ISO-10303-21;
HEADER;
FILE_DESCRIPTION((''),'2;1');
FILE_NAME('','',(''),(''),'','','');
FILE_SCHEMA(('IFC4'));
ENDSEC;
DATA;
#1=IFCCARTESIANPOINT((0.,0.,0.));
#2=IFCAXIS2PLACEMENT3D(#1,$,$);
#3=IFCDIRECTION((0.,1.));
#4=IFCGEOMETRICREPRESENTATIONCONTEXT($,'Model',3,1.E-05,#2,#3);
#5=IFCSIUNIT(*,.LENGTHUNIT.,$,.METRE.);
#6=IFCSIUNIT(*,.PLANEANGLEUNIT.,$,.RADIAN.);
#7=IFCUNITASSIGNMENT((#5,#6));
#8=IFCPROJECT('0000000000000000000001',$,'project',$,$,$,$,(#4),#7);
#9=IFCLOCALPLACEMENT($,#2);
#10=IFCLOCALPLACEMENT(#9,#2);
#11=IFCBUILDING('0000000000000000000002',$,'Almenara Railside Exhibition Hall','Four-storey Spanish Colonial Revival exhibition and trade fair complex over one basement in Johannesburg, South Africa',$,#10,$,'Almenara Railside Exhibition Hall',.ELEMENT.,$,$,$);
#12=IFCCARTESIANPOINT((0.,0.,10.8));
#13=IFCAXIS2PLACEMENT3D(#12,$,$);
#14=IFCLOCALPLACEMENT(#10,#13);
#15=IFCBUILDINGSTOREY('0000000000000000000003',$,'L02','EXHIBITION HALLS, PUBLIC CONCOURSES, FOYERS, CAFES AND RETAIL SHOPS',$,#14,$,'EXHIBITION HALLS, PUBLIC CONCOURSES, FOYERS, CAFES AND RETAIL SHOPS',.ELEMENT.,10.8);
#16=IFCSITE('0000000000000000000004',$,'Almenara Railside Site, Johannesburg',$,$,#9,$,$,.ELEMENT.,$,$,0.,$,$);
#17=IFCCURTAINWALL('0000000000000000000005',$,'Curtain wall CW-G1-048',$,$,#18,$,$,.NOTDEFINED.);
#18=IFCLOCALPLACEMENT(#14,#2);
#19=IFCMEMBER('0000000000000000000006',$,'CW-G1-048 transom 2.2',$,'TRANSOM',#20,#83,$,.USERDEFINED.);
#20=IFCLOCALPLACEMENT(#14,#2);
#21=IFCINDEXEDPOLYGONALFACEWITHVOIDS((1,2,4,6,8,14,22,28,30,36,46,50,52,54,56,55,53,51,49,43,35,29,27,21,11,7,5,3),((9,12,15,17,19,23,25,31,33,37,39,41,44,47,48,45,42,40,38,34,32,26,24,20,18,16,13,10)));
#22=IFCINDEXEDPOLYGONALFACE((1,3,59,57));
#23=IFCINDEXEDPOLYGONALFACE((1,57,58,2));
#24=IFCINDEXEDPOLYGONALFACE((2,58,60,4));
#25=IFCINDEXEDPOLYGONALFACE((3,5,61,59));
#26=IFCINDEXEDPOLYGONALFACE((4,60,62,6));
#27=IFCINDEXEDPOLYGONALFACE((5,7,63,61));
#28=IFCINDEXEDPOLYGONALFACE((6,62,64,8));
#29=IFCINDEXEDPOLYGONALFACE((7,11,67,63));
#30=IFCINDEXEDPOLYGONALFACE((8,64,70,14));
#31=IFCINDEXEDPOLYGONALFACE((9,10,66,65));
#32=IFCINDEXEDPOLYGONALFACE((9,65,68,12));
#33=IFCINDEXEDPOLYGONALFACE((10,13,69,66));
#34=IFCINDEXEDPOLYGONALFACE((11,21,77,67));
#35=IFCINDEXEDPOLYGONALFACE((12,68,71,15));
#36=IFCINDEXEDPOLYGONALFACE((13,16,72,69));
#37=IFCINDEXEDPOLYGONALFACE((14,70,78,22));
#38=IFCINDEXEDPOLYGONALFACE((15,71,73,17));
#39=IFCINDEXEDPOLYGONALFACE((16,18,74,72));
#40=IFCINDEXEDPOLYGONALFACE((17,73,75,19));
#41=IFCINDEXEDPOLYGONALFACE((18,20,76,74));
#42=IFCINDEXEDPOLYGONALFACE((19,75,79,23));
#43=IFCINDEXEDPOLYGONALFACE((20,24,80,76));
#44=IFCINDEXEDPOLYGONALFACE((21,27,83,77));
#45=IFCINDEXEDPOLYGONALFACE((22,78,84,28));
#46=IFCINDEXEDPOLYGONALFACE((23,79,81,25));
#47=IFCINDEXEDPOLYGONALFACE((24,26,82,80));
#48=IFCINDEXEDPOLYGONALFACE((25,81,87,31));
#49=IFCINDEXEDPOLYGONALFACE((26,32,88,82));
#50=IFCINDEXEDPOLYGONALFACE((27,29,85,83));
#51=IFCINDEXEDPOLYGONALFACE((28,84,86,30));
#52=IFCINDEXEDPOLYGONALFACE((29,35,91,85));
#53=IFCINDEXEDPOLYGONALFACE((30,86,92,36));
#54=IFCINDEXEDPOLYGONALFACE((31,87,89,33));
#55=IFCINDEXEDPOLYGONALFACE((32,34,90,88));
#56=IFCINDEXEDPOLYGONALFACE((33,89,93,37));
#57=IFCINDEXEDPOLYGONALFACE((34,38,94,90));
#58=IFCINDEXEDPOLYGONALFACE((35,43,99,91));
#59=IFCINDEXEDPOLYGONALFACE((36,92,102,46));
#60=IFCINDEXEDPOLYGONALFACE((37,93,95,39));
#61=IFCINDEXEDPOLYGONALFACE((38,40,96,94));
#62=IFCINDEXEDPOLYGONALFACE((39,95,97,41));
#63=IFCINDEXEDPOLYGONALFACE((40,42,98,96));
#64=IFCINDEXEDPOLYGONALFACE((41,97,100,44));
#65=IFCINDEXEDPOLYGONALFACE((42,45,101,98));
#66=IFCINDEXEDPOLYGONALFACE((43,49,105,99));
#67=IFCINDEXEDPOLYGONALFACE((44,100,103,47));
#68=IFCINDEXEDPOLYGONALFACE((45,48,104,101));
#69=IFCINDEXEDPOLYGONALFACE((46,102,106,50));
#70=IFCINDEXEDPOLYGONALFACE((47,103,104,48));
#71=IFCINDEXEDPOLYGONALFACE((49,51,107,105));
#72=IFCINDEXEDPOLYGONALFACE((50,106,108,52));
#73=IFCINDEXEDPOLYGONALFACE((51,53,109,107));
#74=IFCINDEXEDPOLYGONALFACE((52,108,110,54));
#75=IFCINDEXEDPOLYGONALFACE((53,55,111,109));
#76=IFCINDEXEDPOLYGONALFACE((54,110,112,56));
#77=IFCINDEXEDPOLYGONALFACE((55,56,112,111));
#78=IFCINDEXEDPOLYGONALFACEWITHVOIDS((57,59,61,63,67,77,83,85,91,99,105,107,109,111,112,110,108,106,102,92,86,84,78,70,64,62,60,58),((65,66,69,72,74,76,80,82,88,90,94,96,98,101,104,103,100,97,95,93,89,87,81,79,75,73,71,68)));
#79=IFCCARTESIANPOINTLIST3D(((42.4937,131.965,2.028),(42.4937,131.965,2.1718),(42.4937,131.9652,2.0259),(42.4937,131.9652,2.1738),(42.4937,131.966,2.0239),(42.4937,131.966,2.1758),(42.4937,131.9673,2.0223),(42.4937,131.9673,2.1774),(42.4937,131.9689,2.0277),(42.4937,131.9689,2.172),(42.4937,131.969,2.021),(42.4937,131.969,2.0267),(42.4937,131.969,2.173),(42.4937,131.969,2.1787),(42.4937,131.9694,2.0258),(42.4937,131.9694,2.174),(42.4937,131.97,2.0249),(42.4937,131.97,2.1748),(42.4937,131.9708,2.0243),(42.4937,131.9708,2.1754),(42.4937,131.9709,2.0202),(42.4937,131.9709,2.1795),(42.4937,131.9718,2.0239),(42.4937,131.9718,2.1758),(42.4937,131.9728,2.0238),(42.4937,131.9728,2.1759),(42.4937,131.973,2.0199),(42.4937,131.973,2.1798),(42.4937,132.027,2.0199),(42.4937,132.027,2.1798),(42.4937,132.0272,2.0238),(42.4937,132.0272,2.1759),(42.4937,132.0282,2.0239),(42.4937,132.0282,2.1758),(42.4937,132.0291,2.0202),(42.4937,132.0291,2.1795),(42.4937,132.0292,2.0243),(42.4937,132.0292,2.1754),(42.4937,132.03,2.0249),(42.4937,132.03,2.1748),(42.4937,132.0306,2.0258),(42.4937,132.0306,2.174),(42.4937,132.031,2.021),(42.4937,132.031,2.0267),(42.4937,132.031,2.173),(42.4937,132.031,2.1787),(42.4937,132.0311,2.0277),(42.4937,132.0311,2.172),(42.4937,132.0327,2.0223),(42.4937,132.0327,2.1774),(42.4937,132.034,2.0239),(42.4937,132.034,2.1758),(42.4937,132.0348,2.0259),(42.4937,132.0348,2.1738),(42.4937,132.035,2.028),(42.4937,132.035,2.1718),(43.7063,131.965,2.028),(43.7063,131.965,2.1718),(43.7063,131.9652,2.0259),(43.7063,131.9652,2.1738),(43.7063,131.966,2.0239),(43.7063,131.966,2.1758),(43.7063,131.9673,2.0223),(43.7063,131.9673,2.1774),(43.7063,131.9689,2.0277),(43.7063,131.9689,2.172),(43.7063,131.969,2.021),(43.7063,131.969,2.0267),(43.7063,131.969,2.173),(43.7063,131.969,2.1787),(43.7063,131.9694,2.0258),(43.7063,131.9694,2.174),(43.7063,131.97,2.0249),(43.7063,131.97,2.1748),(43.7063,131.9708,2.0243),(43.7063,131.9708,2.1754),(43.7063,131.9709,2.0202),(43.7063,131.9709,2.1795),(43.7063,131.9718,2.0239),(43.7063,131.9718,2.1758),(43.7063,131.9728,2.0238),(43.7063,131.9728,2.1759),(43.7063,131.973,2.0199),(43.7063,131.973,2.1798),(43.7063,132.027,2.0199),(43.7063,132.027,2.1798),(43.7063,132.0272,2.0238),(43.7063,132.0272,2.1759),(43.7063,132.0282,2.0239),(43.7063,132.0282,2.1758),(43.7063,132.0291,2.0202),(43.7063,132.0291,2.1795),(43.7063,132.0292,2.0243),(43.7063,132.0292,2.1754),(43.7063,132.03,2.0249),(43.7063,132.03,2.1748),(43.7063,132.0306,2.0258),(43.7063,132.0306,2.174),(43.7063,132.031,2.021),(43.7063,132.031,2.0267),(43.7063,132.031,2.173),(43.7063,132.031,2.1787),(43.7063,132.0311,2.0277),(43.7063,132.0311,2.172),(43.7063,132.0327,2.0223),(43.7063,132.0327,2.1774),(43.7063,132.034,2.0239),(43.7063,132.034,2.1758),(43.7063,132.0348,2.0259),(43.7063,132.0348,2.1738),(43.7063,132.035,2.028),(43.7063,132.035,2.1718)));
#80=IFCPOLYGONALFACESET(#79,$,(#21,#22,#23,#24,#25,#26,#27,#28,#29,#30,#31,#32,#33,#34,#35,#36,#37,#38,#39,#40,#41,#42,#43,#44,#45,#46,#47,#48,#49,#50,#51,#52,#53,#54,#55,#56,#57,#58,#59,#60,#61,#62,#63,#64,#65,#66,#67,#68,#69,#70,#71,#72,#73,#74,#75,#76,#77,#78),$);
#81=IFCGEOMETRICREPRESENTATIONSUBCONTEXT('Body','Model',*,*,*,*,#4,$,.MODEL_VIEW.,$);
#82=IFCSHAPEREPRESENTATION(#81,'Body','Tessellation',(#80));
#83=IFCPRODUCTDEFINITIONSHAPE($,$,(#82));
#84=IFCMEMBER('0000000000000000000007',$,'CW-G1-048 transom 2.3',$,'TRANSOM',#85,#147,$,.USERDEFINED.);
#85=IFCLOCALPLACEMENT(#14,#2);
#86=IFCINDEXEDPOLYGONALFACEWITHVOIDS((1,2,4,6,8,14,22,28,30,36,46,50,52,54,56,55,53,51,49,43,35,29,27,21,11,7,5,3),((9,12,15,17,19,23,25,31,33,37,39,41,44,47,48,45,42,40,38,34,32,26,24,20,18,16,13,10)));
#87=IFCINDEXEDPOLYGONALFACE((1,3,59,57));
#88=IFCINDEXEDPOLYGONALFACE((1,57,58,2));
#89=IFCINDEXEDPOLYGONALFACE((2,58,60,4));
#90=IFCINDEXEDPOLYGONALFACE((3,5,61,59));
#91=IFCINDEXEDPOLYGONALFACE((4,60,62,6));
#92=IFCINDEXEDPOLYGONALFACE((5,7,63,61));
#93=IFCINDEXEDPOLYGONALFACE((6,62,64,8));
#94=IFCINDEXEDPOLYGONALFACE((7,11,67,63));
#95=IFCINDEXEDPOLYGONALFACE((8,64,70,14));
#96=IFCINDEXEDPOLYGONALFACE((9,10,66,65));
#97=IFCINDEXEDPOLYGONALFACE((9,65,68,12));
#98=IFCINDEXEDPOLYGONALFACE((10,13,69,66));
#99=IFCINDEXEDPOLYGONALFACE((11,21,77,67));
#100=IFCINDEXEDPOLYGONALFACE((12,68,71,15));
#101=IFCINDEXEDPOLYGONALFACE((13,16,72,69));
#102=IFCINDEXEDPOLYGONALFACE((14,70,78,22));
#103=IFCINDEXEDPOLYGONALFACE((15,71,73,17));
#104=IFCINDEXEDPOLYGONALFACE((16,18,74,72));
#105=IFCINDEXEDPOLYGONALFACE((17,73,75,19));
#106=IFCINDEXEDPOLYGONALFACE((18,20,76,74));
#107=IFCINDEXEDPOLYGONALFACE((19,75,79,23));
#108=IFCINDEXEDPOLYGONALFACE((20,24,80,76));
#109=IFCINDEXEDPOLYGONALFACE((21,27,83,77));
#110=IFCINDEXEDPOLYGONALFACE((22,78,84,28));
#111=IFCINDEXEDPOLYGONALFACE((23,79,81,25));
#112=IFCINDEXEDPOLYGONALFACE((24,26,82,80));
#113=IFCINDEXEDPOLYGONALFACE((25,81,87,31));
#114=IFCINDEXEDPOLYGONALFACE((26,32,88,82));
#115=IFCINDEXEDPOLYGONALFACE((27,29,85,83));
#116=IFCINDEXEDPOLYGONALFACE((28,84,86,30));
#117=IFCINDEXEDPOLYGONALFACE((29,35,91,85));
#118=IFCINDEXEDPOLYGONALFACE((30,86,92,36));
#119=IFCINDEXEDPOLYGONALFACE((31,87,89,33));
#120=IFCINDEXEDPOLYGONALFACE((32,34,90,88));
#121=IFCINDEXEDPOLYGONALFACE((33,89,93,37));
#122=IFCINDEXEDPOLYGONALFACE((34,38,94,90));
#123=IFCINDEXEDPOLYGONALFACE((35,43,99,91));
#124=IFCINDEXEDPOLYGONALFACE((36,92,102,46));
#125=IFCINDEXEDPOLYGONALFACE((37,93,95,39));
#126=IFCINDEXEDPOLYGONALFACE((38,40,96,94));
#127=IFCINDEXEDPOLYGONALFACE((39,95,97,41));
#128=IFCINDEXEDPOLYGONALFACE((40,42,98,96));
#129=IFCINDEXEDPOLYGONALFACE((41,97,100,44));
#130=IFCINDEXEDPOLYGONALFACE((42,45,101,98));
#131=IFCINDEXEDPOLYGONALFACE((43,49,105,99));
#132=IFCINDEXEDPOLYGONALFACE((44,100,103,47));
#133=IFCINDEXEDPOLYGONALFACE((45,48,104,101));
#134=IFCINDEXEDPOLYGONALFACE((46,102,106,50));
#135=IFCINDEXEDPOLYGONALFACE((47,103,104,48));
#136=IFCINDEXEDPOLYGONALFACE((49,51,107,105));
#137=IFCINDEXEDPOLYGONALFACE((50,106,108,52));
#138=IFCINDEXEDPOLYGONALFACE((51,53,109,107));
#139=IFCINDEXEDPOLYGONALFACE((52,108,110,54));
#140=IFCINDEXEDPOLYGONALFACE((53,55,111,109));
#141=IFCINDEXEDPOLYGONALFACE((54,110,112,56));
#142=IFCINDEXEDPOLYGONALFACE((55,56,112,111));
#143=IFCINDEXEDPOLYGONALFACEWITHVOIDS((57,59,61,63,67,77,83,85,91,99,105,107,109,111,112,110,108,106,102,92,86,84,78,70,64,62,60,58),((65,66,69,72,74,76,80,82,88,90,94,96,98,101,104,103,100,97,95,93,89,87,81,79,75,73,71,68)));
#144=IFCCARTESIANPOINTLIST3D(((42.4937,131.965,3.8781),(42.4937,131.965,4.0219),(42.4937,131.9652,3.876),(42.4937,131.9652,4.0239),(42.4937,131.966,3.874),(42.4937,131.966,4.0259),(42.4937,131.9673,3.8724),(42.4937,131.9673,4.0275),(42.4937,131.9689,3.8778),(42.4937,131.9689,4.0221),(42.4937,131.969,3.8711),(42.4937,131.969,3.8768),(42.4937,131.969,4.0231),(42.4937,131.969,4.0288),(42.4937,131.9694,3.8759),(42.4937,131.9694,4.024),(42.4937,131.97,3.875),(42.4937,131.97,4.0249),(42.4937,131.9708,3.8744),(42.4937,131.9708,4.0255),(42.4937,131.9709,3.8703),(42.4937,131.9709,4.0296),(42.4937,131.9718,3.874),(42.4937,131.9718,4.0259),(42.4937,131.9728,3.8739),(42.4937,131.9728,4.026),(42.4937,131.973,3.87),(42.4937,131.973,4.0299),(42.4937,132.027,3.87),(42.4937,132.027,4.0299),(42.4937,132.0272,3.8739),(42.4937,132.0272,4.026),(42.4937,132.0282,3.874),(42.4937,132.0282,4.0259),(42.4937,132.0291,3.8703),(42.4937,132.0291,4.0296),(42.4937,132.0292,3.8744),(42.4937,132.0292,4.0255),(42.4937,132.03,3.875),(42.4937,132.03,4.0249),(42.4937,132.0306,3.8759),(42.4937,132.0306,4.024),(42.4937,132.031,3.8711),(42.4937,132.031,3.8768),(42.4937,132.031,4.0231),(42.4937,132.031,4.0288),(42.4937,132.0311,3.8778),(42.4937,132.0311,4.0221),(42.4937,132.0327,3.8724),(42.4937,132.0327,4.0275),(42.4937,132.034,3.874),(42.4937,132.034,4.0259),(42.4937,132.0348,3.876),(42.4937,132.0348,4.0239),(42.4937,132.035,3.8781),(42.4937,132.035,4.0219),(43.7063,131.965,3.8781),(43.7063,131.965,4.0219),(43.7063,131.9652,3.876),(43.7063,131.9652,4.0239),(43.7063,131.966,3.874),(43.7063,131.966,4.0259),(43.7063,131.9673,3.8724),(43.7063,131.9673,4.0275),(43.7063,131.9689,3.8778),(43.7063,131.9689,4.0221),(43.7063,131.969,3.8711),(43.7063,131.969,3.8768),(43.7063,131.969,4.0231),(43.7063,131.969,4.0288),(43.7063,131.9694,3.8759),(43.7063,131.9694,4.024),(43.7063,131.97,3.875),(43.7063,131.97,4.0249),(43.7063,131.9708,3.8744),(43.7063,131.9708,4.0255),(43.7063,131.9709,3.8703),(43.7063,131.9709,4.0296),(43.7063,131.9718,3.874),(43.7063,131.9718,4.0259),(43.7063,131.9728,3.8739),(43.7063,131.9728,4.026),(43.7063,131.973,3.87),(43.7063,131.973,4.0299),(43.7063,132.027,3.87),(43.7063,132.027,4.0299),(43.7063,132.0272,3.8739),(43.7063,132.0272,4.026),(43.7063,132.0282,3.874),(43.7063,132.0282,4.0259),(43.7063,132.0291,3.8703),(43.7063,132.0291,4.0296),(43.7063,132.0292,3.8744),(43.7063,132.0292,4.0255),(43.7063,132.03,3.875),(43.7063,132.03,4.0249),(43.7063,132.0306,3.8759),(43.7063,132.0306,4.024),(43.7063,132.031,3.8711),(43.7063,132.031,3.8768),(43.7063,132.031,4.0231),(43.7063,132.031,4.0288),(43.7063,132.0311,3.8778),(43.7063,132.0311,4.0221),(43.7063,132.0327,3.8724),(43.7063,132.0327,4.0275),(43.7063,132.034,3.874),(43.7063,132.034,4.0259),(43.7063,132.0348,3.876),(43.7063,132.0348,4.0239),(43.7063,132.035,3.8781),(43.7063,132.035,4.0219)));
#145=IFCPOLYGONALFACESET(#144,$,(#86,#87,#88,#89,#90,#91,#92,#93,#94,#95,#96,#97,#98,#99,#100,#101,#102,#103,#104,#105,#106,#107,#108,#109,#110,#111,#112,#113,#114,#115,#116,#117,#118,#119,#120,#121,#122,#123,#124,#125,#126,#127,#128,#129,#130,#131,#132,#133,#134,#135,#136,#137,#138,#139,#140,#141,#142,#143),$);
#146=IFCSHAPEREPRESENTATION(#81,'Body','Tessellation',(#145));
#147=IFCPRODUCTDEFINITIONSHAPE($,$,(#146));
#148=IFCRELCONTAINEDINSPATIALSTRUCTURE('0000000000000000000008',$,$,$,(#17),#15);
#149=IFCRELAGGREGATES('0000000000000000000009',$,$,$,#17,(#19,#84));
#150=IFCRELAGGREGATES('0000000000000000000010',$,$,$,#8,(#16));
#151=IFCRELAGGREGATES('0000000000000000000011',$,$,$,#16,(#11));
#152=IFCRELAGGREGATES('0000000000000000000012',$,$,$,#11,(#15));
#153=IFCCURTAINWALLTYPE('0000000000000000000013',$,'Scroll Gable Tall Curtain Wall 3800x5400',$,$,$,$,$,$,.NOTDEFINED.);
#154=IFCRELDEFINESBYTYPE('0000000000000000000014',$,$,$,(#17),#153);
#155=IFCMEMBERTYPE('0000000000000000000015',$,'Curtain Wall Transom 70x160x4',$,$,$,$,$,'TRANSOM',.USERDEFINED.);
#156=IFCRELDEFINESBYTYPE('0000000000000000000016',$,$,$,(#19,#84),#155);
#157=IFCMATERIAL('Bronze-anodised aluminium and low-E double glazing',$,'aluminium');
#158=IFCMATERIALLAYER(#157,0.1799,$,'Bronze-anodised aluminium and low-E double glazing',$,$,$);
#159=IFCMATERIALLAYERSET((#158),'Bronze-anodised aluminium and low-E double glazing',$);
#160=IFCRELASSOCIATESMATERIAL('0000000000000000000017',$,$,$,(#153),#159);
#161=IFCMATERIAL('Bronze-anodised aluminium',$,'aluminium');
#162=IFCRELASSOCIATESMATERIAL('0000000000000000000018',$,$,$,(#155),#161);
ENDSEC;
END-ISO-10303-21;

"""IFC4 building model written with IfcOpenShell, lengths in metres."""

from ifc_helpers import new_model, si_unit, direction, frame, origin, origin_2d, place, context, subcontext, project, spatial, hollow_rectangle, extrude, material, layer, layer_set, material_profile, profile_set, type_object, element, aggregate, save


model = new_model("IFC4")

# Units and contexts
model_context = context("Model", 3, precision=1e-05, world=origin(), true_north=direction((0.0, 1.0)))
body_context = subcontext(model_context, "Body", "Model", "MODEL_VIEW")
ifc_project = project(units=[si_unit("LENGTHUNIT", "METRE"), si_unit("PLANEANGLEUNIT", "RADIAN")], contexts=[model_context])

# Site, building, storey
site_placement = place(None, origin())
site = spatial("IfcSite", under=ifc_project, at=site_placement, Name="Almenara Railside Site, Johannesburg", CompositionType="ELEMENT", RefElevation=0.0)
building_placement = place(site_placement, origin())
building = spatial("IfcBuilding", under=site, at=building_placement, Name="Almenara Railside Exhibition Hall", Description="Four-storey Spanish Colonial Revival exhibition and trade fair complex over one basement in Johannesburg, South Africa", LongName="Almenara Railside Exhibition Hall", CompositionType="ELEMENT")
storey_placement = place(building_placement, frame((0.0, 0.0, 10.8)))
storey = spatial("IfcBuildingStorey", under=building, at=storey_placement, Name="L02", Description="EXHIBITION HALLS, PUBLIC CONCOURSES, FOYERS, CAFES AND RETAIL SHOPS", LongName="EXHIBITION HALLS, PUBLIC CONCOURSES, FOYERS, CAFES AND RETAIL SHOPS", CompositionType="ELEMENT", Elevation=10.8)

# Curtain wall
ifc_material_1 = material(Name="Bronze-anodised aluminium and low-E double glazing", Category="aluminium")
ifc_layer_1 = layer(ifc_material_1, 0.1799, Name="Bronze-anodised aluminium and low-E double glazing")
ifc_layer_set_1 = layer_set([ifc_layer_1], Name="Bronze-anodised aluminium and low-E double glazing")
curtain_wall_type = type_object("IfcCurtainWallType", Name="Scroll Gable Tall Curtain Wall 3800x5400", PredefinedType="NOTDEFINED", material=ifc_layer_set_1)
ifc_material_2 = material(Name="Bronze-anodised aluminium", Category="aluminium")
curtain_wall_1_placement = place(storey_placement, origin())
curtain_wall_1 = element("IfcCurtainWall", 1, at=curtain_wall_1_placement, inside=storey, type_object=curtain_wall_type, Name="Curtain wall CW-G1-048", PredefinedType="NOTDEFINED")

# Members
ifc_material_profile_1 = material_profile(ifc_material_2, hollow_rectangle(XDim=0.0701, YDim=0.1599, WallThickness=0.0039, InnerFilletRadius=0.0039, OuterFilletRadius=0.0081, at=origin_2d()), Name="ALU-TRN 70x160x4")
ifc_profile_set_1 = profile_set([ifc_material_profile_1], Name="Bronze-anodised aluminium")
member_type_1 = type_object("IfcMemberType", Name="Curtain Wall Transom 70x160x4", ElementType="TRANSOM", PredefinedType="USERDEFINED", material=ifc_profile_set_1)
member_1_placement = place(storey_placement, frame((42.4937, 132.0, 2.0999), z_axis=(1.0, 0.0, 0.0), x_axis=(0.0, 1.0, 0.0)))
member_1 = element("IfcMember", 2, at=member_1_placement, type_object=member_type_1, Name="CW-G1-048 transom 2.2", ObjectType="TRANSOM", PredefinedType="USERDEFINED", context=body_context, shape_type="SweptSolid", body=[
    extrude(hollow_rectangle(XDim=0.0701, YDim=0.1599, WallThickness=0.0039, InnerFilletRadius=0.0039, OuterFilletRadius=0.0081, at=origin_2d()), origin(), (0.0, 0.0, 1.0), 1.2126),
])
member_2_placement = place(storey_placement, frame((42.4937, 132.0, 3.95), z_axis=(1.0, 0.0, 0.0), x_axis=(0.0, 1.0, 0.0)))
member_2 = element("IfcMember", 3, at=member_2_placement, type_object=member_type_1, Name="CW-G1-048 transom 2.3", ObjectType="TRANSOM", PredefinedType="USERDEFINED", context=body_context, shape_type="SweptSolid", body=[
    extrude(hollow_rectangle(XDim=0.0701, YDim=0.1599, WallThickness=0.0039, InnerFilletRadius=0.0039, OuterFilletRadius=0.0081, at=origin_2d()), origin(), (0.0, 0.0, 1.0), 1.2126),
])

aggregate(curtain_wall_1, [member_1, member_2])

save(model, "model.ifc")
